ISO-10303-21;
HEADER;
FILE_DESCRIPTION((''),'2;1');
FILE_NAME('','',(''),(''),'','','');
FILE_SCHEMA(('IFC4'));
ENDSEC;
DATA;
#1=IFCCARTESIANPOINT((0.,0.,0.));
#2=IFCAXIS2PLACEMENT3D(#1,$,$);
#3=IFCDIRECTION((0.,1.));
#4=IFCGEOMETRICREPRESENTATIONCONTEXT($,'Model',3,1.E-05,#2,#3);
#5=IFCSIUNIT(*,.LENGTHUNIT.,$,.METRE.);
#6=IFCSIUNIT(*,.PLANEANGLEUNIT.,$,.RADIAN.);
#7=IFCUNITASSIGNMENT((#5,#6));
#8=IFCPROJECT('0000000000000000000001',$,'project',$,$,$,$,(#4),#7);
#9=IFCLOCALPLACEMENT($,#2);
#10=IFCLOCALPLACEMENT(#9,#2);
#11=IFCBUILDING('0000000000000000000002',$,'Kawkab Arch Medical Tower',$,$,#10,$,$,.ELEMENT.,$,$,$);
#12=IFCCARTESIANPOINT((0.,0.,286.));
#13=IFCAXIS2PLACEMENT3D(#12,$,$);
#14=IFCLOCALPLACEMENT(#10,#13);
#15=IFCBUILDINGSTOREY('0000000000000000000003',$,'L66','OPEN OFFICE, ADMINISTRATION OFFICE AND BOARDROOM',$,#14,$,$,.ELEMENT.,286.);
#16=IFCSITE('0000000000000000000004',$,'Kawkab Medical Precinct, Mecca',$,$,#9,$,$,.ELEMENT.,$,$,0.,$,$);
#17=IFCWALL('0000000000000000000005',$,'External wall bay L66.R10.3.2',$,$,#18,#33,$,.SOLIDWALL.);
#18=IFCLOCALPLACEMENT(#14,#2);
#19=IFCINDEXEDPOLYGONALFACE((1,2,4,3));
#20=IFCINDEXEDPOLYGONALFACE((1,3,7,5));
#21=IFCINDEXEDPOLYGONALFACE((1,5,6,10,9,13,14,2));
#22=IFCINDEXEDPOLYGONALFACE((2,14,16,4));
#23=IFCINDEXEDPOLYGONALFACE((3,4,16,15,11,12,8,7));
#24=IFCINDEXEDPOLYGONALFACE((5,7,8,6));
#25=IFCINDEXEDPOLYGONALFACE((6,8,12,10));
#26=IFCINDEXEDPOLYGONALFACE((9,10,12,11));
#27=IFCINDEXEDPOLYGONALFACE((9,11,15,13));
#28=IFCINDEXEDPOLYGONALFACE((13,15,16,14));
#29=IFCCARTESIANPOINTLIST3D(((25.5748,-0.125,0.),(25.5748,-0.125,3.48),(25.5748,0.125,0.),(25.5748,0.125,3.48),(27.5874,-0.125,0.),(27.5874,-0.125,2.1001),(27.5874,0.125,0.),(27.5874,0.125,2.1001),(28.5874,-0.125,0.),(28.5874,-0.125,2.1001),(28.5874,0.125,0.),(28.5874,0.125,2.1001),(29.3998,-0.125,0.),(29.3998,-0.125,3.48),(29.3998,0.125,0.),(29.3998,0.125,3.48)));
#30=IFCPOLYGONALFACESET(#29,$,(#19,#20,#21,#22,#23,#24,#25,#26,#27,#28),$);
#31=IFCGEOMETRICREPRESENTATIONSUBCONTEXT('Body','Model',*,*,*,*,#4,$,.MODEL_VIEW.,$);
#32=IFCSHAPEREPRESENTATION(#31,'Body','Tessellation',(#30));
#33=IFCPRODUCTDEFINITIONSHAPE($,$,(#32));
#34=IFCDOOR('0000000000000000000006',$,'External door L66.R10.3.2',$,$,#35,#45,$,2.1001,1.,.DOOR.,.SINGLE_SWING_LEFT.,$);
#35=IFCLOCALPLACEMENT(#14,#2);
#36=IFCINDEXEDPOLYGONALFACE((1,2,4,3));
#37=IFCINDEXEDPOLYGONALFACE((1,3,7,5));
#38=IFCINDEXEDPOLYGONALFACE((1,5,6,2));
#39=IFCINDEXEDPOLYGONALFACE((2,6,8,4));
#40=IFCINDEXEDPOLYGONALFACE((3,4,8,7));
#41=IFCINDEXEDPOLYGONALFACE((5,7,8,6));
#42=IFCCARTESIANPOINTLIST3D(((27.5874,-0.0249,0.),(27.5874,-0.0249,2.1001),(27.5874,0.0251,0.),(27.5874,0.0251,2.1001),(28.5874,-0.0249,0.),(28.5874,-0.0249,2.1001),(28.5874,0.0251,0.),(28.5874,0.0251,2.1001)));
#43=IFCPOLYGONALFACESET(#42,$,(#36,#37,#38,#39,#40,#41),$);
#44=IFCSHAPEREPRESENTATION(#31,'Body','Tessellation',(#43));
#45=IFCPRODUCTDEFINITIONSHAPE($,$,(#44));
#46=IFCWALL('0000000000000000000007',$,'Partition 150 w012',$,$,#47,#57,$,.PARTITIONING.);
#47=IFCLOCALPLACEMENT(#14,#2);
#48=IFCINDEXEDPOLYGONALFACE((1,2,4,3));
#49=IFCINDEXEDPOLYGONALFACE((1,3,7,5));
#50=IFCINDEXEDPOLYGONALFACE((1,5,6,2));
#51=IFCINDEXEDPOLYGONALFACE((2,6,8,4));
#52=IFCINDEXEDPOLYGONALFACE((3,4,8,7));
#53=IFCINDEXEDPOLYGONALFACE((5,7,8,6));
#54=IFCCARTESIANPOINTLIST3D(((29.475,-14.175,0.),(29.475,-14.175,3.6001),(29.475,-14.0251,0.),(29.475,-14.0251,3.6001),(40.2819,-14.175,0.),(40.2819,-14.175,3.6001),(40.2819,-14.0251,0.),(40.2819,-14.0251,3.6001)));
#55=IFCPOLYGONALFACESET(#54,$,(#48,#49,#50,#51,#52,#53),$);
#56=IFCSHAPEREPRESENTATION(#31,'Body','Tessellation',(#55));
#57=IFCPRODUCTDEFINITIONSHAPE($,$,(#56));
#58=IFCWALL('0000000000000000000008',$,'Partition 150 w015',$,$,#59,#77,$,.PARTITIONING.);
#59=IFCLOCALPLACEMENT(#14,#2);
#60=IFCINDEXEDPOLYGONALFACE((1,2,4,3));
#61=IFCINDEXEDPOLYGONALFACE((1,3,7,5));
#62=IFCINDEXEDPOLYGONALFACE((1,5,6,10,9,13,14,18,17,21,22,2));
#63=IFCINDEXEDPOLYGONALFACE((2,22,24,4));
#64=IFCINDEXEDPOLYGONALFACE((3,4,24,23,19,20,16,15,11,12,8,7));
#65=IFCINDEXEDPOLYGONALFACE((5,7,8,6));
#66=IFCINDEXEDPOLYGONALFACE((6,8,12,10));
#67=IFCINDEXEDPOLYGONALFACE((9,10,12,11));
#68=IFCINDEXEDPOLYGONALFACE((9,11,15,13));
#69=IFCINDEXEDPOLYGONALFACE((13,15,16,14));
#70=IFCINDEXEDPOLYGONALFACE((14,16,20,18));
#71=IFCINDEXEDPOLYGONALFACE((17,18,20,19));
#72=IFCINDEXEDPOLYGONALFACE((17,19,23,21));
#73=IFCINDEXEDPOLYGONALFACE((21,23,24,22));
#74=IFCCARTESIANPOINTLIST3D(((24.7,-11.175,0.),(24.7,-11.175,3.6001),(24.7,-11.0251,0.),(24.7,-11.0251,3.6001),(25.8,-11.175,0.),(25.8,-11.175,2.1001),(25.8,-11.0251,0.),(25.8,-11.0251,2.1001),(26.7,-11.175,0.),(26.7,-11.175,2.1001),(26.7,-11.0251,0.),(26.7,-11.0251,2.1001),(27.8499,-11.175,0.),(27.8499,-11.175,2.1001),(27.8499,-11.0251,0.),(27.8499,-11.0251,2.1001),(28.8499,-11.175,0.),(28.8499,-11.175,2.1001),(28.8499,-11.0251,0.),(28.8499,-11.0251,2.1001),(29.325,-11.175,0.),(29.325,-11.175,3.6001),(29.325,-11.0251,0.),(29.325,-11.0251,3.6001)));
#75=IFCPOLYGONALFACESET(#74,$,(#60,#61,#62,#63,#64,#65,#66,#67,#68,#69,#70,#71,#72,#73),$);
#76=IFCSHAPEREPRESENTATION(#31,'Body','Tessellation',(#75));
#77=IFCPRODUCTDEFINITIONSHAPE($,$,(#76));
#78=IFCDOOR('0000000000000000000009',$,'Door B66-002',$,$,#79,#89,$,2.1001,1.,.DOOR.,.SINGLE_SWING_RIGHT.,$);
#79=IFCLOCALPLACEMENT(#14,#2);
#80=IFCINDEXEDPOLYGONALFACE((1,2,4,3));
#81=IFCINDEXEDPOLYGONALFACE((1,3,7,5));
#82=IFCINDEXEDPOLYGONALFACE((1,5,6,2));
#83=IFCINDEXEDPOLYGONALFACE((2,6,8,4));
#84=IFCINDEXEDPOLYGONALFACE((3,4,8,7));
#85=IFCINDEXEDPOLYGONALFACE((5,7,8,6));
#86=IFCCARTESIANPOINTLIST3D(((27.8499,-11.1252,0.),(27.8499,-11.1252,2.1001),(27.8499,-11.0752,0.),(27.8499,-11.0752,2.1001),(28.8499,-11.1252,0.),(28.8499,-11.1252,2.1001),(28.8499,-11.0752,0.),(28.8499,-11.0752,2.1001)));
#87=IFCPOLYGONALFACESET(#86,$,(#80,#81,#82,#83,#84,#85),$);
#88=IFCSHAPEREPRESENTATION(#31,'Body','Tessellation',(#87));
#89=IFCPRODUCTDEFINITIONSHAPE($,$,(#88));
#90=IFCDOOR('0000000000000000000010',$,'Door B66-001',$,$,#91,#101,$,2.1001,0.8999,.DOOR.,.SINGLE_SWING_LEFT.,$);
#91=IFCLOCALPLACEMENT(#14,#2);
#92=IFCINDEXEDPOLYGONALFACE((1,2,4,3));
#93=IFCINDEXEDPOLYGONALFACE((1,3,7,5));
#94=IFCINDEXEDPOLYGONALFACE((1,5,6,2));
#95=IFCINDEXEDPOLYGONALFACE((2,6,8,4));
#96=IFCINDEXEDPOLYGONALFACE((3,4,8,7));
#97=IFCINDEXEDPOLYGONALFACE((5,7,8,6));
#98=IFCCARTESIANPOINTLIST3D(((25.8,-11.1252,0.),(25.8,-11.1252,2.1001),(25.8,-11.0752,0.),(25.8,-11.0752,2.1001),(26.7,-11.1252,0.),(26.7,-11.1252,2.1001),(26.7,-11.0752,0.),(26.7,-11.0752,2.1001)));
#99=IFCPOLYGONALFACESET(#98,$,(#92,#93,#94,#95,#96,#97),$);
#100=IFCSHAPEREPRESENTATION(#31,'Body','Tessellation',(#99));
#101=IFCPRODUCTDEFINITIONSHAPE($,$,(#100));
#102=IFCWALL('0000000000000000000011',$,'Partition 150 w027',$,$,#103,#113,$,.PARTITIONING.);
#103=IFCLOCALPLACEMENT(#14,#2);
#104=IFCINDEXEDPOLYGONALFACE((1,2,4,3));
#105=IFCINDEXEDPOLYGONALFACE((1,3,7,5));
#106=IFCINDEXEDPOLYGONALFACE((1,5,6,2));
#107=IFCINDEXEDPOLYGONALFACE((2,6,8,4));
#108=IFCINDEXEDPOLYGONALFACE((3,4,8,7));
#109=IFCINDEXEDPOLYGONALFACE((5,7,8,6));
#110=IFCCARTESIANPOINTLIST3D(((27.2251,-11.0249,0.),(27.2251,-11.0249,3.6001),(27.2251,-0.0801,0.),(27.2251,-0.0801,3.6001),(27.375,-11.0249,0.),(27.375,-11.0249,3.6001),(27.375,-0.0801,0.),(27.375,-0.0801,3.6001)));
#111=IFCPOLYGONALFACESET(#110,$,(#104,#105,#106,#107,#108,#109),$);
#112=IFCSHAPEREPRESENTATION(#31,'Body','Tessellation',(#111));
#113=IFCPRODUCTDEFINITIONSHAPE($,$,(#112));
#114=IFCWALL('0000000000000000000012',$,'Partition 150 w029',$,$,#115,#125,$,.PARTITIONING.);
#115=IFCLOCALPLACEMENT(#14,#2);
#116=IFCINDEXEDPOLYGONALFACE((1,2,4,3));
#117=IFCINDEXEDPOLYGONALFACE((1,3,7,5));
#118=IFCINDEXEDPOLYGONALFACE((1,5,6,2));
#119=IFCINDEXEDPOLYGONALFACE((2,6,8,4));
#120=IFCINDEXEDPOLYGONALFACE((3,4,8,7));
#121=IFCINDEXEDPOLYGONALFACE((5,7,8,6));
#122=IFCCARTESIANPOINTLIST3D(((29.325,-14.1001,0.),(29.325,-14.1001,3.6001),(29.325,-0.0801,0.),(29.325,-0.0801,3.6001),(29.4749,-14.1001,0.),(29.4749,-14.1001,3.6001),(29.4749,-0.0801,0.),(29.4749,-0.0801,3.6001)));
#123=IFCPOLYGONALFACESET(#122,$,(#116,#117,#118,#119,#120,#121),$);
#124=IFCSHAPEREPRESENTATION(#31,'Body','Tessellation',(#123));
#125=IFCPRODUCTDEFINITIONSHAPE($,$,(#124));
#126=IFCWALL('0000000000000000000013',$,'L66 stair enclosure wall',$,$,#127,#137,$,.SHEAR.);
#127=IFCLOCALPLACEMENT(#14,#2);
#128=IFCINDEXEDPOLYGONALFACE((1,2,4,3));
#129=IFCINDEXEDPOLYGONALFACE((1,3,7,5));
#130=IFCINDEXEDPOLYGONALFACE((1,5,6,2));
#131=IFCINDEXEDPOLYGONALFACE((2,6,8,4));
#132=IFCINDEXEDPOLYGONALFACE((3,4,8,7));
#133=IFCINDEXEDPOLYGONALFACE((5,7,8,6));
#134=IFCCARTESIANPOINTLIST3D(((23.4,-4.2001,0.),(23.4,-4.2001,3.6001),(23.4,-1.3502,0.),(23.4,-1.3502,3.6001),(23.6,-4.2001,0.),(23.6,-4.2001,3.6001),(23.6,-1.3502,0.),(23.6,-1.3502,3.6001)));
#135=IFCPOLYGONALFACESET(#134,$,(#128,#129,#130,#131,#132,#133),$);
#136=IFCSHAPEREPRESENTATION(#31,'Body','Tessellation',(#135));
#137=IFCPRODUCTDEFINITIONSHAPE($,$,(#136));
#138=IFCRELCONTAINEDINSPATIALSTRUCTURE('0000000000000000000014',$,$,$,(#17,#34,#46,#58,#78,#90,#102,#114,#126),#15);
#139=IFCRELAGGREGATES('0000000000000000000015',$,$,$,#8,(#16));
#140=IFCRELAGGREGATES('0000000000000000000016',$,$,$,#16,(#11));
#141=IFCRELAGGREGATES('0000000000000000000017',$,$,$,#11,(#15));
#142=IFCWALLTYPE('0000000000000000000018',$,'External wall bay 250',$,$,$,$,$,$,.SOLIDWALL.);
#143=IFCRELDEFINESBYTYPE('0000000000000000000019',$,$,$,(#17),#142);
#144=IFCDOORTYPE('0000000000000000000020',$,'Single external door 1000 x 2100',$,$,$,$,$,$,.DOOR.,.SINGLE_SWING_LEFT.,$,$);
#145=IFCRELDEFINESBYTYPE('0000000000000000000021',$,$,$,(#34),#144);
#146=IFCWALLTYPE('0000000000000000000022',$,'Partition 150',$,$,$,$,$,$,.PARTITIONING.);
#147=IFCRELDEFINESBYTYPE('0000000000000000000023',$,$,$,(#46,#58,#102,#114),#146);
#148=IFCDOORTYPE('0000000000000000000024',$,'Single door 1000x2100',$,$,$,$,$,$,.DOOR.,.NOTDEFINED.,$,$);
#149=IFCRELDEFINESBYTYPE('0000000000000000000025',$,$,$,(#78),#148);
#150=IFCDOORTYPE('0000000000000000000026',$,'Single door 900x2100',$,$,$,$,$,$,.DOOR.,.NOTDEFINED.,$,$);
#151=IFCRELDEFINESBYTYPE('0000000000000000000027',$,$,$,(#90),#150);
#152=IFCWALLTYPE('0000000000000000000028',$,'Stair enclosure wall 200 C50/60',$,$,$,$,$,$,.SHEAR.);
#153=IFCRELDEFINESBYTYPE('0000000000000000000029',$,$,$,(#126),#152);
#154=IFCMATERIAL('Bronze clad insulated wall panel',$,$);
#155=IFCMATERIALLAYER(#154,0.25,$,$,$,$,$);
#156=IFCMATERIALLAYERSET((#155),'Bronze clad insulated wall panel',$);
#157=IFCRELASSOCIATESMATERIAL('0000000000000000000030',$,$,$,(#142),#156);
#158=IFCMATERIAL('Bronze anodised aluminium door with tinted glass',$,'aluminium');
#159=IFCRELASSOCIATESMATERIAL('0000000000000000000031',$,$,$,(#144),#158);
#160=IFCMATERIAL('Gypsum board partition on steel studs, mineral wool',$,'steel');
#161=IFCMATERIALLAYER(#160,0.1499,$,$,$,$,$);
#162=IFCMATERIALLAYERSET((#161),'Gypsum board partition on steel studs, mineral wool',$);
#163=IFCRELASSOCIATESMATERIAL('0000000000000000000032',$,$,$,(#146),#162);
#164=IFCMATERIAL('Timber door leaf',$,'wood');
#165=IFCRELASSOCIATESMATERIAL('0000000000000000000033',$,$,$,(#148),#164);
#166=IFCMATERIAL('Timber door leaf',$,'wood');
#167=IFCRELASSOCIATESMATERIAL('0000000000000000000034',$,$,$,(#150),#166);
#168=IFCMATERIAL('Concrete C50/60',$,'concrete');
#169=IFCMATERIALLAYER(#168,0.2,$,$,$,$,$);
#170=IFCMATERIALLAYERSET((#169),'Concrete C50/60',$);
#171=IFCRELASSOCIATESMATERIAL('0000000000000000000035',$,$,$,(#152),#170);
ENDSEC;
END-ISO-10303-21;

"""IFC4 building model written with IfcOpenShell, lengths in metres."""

from ifc_helpers import new_model, si_unit, direction, frame, frame_2d, origin, place, context, subcontext, project, spatial, rectangle, extrude, material, layer, layer_set, type_object, element, fill, save


model = new_model("IFC4")

# Units and contexts
model_context = context("Model", 3, precision=1e-05, world=origin(), true_north=direction((0.0, 1.0)))
body_context = subcontext(model_context, "Body", "Model", "MODEL_VIEW")
ifc_project = project(units=[si_unit("LENGTHUNIT", "METRE"), si_unit("PLANEANGLEUNIT", "RADIAN")], contexts=[model_context])

# Site, building, storey
site_placement = place(None, origin())
site = spatial("IfcSite", under=ifc_project, at=site_placement, Name="Kawkab Medical Precinct, Mecca", CompositionType="ELEMENT", RefElevation=0.0)
building_placement = place(site_placement, origin())
building = spatial("IfcBuilding", under=site, at=building_placement, Name="Kawkab Arch Medical Tower", CompositionType="ELEMENT")
storey_placement = place(building_placement, frame((0.0, 0.0, 286.0)))
storey = spatial("IfcBuildingStorey", under=building, at=storey_placement, Name="L66", Description="OPEN OFFICE, ADMINISTRATION OFFICE AND BOARDROOM", CompositionType="ELEMENT", Elevation=286.0)

# Wall, opening, door
ifc_material_1 = material(Name="Bronze clad insulated wall panel")
ifc_layer_1 = layer(ifc_material_1, 0.25)
ifc_layer_set_1 = layer_set([ifc_layer_1], Name="Bronze clad insulated wall panel")
wall_type_1 = type_object("IfcWallType", Name="External wall bay 250", PredefinedType="SOLIDWALL", material=ifc_layer_set_1)
wall_1_placement = place(storey_placement, frame((29.3999, 0.0, 0.0), z_axis=(0.0, 0.0, 1.0), x_axis=(-1.0, 0.0, 0.0)))
wall_1 = element("IfcWall", 1, at=wall_1_placement, inside=storey, type_object=wall_type_1, Name="External wall bay L66.R10.3.2", PredefinedType="SOLIDWALL", context=body_context, shape_type="SweptSolid", body=[
    extrude(rectangle(XDim=3.825, YDim=0.25, at=frame_2d((1.9126, 0.0))), origin(), (0.0, 0.0, 1.0), 3.48),
])
opening_1_placement = place(wall_1_placement, frame((0.8125, 0.0, 0.0)))
opening_1 = element("IfcOpeningElement", 2, at=opening_1_placement, cuts=wall_1, PredefinedType="OPENING", context=body_context, shape_type="SweptSolid", body=[
    extrude(rectangle(XDim=1.0, YDim=2.1001, at=frame_2d((0.5, 1.05))), frame((0.0, 0.135, 0.0), z_axis=(0.0, -1.0, 0.0), x_axis=(1.0, 0.0, 0.0)), (0.0, 0.0, 1.0), 0.27),
])
ifc_material_2 = material(Name="Bronze anodised aluminium door with tinted glass", Category="aluminium")
door_type_1 = type_object("IfcDoorType", Name="Single external door 1000 x 2100", OperationType="SINGLE_SWING_LEFT", PredefinedType="DOOR", material=ifc_material_2)
door_1_placement = place(opening_1_placement, origin())
door_1 = element("IfcDoor", 3, at=door_1_placement, inside=storey, type_object=door_type_1, Name="External door L66.R10.3.2", OperationType="SINGLE_SWING_LEFT", OverallHeight=2.1001, OverallWidth=1.0, PredefinedType="DOOR", context=body_context, shape_type="SweptSolid", body=[
    extrude(rectangle(XDim=1.0, YDim=2.1001, at=frame_2d((0.5, 1.05))), frame((0.0, 0.0249, 0.0), z_axis=(0.0, -1.0, 0.0), x_axis=(1.0, 0.0, 0.0)), (0.0, 0.0, 1.0), 0.05),
])
fill(opening_1, door_1)

# Wall
ifc_material_3 = material(Name="Gypsum board partition on steel studs, mineral wool", Category="steel")
ifc_layer_2 = layer(ifc_material_3, 0.1499)
ifc_layer_set_2 = layer_set([ifc_layer_2], Name="Gypsum board partition on steel studs, mineral wool")
wall_type_2 = type_object("IfcWallType", Name="Partition 150", PredefinedType="PARTITIONING", material=ifc_layer_set_2)
wall_2_placement = place(storey_placement, frame((29.4751, -14.1001, 0.0), z_axis=(0.0, 0.0, 1.0), x_axis=(1.0, 0.0, 0.0)))
element("IfcWall", 4, at=wall_2_placement, inside=storey, type_object=wall_type_2, Name="Partition 150 w012", PredefinedType="PARTITIONING", context=body_context, shape_type="SweptSolid", body=[
    extrude(rectangle(XDim=10.8069, YDim=0.1499, at=frame_2d((5.4033, 0.0))), origin(), (0.0, 0.0, 1.0), 3.6001),
])

# Wall, openings, doors
wall_3_placement = place(storey_placement, frame((24.7, -11.1001, 0.0), z_axis=(0.0, 0.0, 1.0), x_axis=(1.0, 0.0, 0.0)))
wall_3 = element("IfcWall", 5, at=wall_3_placement, inside=storey, type_object=wall_type_2, Name="Partition 150 w015", PredefinedType="PARTITIONING", context=body_context, shape_type="SweptSolid", body=[
    extrude(rectangle(XDim=4.625, YDim=0.1499, at=frame_2d((2.3125, 0.0))), origin(), (0.0, 0.0, 1.0), 3.6001),
])
opening_2_placement = place(wall_3_placement, frame((1.1001, 0.0, 0.0)))
opening_2 = element("IfcOpeningElement", 6, at=opening_2_placement, cuts=wall_3, PredefinedType="OPENING", context=body_context, shape_type="SweptSolid", body=[
    extrude(rectangle(XDim=0.8999, YDim=2.1001, at=frame_2d((0.45, 1.05))), frame((0.0, 0.085, 0.0), z_axis=(0.0, -1.0, 0.0), x_axis=(1.0, 0.0, 0.0)), (0.0, 0.0, 1.0), 0.1699),
])
opening_3_placement = place(wall_3_placement, frame((3.1499, 0.0, 0.0)))
opening_3 = element("IfcOpeningElement", 7, at=opening_3_placement, cuts=wall_3, PredefinedType="OPENING", context=body_context, shape_type="SweptSolid", body=[
    extrude(rectangle(XDim=1.0, YDim=2.1001, at=frame_2d((0.5, 1.05))), frame((0.0, 0.085, 0.0), z_axis=(0.0, -1.0, 0.0), x_axis=(1.0, 0.0, 0.0)), (0.0, 0.0, 1.0), 0.1699),
])
ifc_material_4 = material(Name="Timber door leaf", Category="wood")
door_type_2 = type_object("IfcDoorType", Name="Single door 1000x2100", OperationType="NOTDEFINED", PredefinedType="DOOR", material=ifc_material_4)
door_2_placement = place(opening_3_placement, origin())
door_2 = element("IfcDoor", 8, at=door_2_placement, inside=storey, type_object=door_type_2, Name="Door B66-002", OperationType="SINGLE_SWING_RIGHT", OverallHeight=2.1001, OverallWidth=1.0, PredefinedType="DOOR", context=body_context, shape_type="SweptSolid", body=[
    extrude(rectangle(XDim=1.0, YDim=2.1001, at=frame_2d((0.5, 1.05))), frame((0.0, 0.0249, 0.0), z_axis=(0.0, -1.0, 0.0), x_axis=(1.0, 0.0, 0.0)), (0.0, 0.0, 1.0), 0.05),
])
fill(opening_3, door_2)
ifc_material_5 = material(Name="Timber door leaf", Category="wood")
door_type_3 = type_object("IfcDoorType", Name="Single door 900x2100", OperationType="NOTDEFINED", PredefinedType="DOOR", material=ifc_material_5)
door_3_placement = place(opening_2_placement, origin())
door_3 = element("IfcDoor", 9, at=door_3_placement, inside=storey, type_object=door_type_3, Name="Door B66-001", OperationType="SINGLE_SWING_LEFT", OverallHeight=2.1001, OverallWidth=0.8999, PredefinedType="DOOR", context=body_context, shape_type="SweptSolid", body=[
    extrude(rectangle(XDim=0.8999, YDim=2.1001, at=frame_2d((0.45, 1.05))), frame((0.0, 0.0249, 0.0), z_axis=(0.0, -1.0, 0.0), x_axis=(1.0, 0.0, 0.0)), (0.0, 0.0, 1.0), 0.05),
])
fill(opening_2, door_3)

# Walls
wall_4_placement = place(storey_placement, frame((27.3, -11.0249, 0.0), z_axis=(0.0, 0.0, 1.0), x_axis=(0.0, 1.0, 0.0)))
element("IfcWall", 10, at=wall_4_placement, inside=storey, type_object=wall_type_2, Name="Partition 150 w027", PredefinedType="PARTITIONING", context=body_context, shape_type="SweptSolid", body=[
    extrude(rectangle(XDim=10.9448, YDim=0.1499, at=frame_2d((5.4724, 0.0))), origin(), (0.0, 0.0, 1.0), 3.6001),
])
wall_5_placement = place(storey_placement, frame((29.3999, -14.1001, 0.0), z_axis=(0.0, 0.0, 1.0), x_axis=(0.0, 1.0, 0.0)))
element("IfcWall", 11, at=wall_5_placement, inside=storey, type_object=wall_type_2, Name="Partition 150 w029", PredefinedType="PARTITIONING", context=body_context, shape_type="SweptSolid", body=[
    extrude(rectangle(XDim=14.02, YDim=0.1499, at=frame_2d((7.01, 0.0))), origin(), (0.0, 0.0, 1.0), 3.6001),
])
ifc_material_6 = material(Name="Concrete C50/60", Category="concrete")
ifc_layer_3 = layer(ifc_material_6, 0.2)
ifc_layer_set_3 = layer_set([ifc_layer_3], Name="Concrete C50/60")
wall_type_3 = type_object("IfcWallType", Name="Stair enclosure wall 200 C50/60", PredefinedType="SHEAR", material=ifc_layer_set_3)
wall_6_placement = place(storey_placement, frame((23.5, -4.2, 0.0), z_axis=(0.0, 0.0, 1.0), x_axis=(0.0, 1.0, 0.0)))
element("IfcWall", 12, at=wall_6_placement, inside=storey, type_object=wall_type_3, Name="L66 stair enclosure wall", PredefinedType="SHEAR", context=body_context, shape_type="SweptSolid", body=[
    extrude(rectangle(XDim=2.8499, YDim=0.2, at=frame_2d((1.4248, 0.0))), origin(), (0.0, 0.0, 1.0), 3.6001),
])

save(model, "model.ifc")
